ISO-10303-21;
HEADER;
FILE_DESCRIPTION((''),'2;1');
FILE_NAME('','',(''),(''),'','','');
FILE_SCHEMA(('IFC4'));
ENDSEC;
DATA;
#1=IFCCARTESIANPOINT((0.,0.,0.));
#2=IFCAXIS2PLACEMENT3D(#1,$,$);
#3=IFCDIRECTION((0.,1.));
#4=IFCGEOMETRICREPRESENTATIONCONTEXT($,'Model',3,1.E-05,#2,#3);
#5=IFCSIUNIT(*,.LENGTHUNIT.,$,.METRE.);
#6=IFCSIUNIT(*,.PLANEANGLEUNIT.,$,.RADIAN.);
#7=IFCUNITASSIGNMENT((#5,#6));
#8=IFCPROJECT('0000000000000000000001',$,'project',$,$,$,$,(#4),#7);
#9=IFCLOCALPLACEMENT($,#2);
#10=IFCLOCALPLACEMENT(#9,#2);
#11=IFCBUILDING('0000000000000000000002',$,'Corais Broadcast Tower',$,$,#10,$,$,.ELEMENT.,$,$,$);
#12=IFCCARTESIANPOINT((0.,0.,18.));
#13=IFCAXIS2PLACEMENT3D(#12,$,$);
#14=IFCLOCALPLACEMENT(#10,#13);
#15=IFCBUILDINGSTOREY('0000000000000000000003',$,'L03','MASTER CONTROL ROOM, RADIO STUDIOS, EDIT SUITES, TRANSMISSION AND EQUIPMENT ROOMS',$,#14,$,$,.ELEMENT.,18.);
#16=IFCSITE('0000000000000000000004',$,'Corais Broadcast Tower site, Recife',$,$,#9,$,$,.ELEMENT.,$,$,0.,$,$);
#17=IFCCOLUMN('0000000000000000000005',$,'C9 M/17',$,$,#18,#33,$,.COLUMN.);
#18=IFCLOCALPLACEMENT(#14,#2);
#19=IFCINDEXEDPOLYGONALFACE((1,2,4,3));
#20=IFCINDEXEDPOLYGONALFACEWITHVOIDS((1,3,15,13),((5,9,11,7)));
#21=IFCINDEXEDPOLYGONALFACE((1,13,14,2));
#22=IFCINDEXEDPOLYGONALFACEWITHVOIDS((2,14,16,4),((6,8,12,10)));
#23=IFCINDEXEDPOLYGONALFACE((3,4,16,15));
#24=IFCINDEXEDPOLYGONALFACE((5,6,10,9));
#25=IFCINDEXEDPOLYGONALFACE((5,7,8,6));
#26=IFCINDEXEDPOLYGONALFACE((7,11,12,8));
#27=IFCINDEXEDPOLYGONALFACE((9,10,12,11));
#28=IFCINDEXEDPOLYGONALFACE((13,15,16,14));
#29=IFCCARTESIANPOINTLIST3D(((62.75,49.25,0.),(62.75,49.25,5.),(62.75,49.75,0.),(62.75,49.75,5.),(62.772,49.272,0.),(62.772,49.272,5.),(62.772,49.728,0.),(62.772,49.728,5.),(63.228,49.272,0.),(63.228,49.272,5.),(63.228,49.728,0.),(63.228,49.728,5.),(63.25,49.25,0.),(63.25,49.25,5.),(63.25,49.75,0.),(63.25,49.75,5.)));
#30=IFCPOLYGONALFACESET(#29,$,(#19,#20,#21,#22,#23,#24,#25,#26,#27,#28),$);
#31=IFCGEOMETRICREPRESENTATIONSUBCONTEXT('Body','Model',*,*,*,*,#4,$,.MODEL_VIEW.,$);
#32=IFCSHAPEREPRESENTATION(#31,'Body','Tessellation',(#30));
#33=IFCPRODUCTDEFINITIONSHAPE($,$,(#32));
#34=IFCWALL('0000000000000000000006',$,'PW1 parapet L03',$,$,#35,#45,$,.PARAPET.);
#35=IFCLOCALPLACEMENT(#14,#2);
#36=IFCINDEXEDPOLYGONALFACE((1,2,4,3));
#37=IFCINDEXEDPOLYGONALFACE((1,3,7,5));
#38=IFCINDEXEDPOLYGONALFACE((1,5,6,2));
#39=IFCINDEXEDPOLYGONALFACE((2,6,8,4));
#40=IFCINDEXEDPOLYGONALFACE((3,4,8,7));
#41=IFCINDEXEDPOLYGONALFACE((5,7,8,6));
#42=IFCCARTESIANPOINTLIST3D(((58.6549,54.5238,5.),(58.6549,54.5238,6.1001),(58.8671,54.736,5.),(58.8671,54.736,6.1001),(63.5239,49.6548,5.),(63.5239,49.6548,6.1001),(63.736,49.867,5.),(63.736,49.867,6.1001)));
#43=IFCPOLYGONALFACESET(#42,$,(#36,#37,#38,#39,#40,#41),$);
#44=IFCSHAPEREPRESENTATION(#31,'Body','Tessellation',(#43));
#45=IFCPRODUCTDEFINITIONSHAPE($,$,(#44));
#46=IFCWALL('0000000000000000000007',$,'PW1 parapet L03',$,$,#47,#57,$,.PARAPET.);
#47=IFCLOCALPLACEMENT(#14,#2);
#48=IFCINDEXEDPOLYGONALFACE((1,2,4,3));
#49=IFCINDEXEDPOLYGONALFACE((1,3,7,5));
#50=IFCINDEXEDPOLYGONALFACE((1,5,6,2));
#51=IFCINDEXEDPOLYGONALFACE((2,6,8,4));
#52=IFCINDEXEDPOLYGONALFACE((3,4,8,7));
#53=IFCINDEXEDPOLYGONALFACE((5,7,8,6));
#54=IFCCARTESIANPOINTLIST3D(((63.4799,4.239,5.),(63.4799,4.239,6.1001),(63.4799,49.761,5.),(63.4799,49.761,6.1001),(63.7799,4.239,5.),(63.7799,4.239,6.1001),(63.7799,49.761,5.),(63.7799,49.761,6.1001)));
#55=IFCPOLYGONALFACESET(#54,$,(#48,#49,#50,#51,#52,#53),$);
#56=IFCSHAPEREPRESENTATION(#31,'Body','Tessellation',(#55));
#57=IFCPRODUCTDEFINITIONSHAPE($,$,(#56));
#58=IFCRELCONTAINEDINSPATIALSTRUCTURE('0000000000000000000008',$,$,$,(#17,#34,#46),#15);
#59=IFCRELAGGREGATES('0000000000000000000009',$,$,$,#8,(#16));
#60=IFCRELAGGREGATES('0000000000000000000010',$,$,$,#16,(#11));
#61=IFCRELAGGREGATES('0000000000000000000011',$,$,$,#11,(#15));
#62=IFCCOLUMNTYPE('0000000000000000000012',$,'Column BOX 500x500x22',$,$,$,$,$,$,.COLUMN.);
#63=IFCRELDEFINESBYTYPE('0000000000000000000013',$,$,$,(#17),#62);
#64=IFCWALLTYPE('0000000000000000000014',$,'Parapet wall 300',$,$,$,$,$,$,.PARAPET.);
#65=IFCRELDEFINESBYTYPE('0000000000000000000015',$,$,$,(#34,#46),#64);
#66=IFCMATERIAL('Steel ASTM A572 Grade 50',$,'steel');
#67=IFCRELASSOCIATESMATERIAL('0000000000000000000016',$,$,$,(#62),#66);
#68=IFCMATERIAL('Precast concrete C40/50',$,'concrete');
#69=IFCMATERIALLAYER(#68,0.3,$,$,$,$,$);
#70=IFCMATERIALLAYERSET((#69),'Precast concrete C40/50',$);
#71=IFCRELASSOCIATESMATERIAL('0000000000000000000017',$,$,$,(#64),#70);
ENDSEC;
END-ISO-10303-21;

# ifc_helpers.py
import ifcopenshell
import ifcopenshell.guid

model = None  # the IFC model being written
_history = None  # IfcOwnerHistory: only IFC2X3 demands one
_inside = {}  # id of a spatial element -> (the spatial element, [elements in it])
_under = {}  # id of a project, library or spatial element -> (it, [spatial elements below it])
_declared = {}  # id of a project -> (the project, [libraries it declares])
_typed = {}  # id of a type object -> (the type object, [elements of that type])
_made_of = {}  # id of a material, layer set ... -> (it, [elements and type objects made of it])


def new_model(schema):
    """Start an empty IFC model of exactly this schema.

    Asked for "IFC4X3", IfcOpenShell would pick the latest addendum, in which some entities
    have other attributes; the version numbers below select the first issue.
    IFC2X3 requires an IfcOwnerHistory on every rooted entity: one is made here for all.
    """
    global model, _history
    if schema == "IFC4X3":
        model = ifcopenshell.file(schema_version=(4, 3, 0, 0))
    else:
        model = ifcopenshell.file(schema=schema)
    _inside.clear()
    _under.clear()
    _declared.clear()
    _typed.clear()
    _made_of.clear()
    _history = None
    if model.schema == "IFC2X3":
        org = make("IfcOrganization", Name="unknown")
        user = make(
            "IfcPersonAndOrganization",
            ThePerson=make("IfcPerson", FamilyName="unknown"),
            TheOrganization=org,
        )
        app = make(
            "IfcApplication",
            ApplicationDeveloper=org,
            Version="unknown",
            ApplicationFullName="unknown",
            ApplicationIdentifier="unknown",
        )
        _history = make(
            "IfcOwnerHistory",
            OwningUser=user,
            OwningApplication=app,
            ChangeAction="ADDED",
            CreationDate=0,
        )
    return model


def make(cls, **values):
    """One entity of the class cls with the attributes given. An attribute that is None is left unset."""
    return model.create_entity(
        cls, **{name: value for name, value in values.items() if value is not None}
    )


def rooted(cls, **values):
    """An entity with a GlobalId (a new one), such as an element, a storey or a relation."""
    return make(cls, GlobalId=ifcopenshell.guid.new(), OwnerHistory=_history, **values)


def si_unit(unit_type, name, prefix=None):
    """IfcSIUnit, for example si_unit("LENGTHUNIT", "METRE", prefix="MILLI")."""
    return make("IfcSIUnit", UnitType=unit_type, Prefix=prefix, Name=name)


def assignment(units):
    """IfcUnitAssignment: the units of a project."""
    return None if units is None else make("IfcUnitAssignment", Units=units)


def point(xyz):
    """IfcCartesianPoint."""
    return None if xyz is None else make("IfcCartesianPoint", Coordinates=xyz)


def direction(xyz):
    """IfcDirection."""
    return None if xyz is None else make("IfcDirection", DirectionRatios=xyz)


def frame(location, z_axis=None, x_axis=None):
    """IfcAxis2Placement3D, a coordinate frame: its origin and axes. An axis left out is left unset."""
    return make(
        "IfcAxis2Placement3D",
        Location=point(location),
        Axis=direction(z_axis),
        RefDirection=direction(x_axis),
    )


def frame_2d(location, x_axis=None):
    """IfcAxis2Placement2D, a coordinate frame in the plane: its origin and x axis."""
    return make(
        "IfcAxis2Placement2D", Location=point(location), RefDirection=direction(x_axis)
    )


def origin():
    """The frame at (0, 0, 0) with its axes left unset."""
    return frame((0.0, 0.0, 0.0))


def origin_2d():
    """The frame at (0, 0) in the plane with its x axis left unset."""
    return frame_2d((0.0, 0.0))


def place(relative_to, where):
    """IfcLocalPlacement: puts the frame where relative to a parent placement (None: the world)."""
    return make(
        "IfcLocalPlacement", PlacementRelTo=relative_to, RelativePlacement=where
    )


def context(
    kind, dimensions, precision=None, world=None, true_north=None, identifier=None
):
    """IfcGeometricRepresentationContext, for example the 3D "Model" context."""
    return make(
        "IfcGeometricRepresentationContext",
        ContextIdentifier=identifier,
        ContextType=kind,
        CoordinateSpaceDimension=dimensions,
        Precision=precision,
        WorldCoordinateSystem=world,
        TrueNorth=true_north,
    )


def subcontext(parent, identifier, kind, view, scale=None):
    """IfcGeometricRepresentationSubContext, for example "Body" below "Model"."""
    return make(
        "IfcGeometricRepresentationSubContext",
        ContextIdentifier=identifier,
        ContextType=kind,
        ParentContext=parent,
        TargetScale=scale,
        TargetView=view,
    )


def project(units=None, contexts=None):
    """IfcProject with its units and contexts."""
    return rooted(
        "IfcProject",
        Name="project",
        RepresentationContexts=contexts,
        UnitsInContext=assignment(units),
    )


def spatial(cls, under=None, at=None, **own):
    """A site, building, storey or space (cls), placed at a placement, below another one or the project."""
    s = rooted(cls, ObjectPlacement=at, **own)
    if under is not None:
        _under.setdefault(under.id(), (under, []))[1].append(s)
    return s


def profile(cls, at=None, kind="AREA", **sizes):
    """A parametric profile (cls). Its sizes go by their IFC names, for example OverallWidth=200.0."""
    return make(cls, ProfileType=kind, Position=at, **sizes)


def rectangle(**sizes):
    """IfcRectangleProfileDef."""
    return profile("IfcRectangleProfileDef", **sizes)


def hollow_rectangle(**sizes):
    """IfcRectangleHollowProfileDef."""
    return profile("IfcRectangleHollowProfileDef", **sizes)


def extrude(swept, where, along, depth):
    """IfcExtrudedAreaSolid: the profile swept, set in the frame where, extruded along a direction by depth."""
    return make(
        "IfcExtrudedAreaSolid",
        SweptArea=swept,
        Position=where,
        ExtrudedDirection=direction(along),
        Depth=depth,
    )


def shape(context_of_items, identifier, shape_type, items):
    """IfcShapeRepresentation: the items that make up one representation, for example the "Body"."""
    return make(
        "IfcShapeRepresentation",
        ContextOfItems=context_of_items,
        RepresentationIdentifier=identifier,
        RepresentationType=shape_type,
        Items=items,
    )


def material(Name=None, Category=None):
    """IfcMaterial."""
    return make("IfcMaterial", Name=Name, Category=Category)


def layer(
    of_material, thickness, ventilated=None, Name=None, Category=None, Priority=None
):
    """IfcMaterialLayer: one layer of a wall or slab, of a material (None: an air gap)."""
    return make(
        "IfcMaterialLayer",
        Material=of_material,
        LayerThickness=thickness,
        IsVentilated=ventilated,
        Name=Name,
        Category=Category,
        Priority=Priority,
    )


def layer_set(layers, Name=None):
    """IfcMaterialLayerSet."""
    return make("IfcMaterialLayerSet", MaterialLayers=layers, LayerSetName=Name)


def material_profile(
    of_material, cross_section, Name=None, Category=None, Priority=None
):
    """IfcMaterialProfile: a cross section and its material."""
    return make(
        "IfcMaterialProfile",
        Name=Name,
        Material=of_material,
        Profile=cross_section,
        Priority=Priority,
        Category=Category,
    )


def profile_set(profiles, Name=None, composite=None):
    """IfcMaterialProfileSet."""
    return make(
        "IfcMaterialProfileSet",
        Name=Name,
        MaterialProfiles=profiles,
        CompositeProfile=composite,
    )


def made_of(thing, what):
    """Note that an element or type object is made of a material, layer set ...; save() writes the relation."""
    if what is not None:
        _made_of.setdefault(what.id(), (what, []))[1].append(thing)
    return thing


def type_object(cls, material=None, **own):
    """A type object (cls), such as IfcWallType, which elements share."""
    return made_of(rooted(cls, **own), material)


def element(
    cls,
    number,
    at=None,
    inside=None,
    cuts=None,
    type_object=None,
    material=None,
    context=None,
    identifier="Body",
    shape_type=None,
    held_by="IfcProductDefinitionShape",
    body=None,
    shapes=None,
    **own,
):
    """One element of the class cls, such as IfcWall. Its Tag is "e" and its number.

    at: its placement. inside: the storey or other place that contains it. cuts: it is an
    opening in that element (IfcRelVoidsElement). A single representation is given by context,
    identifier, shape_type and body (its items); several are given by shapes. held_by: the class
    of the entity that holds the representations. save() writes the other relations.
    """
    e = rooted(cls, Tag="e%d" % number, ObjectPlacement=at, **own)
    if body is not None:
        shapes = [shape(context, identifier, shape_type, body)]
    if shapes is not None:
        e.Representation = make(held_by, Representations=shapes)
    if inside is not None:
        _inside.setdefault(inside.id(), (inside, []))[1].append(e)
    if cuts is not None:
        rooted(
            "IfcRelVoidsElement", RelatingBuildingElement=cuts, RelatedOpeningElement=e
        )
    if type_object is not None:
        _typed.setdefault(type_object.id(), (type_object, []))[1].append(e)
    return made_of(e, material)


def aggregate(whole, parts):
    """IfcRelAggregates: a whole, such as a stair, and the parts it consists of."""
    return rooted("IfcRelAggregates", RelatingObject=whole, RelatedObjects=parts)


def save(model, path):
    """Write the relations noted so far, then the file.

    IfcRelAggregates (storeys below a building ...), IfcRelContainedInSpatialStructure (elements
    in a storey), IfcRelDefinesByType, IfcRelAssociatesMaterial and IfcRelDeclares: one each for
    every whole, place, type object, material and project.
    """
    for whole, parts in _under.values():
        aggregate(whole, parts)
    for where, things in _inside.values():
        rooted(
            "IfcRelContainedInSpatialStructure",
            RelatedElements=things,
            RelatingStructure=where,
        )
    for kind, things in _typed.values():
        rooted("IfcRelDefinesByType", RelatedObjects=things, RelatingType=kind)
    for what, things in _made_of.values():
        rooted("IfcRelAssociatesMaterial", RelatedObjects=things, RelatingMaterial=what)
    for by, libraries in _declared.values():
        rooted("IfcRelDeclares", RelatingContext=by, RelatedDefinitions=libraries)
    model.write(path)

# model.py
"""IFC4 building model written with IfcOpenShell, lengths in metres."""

from ifc_helpers import new_model, si_unit, direction, frame, frame_2d, origin, origin_2d, place, context, subcontext, project, spatial, rectangle, hollow_rectangle, extrude, material, layer, layer_set, material_profile, profile_set, type_object, element, save


model = new_model("IFC4")

# Units and contexts
model_context = context("Model", 3, precision=1e-05, world=origin(), true_north=direction((0.0, 1.0)))
body_context = subcontext(model_context, "Body", "Model", "MODEL_VIEW")
ifc_project = project(units=[si_unit("LENGTHUNIT", "METRE"), si_unit("PLANEANGLEUNIT", "RADIAN")], contexts=[model_context])

# Site, building, storey
site_placement = place(None, origin())
site = spatial("IfcSite", under=ifc_project, at=site_placement, Name="Corais Broadcast Tower site, Recife", CompositionType="ELEMENT", RefElevation=0.0)
building_placement = place(site_placement, origin())
building = spatial("IfcBuilding", under=site, at=building_placement, Name="Corais Broadcast Tower", CompositionType="ELEMENT")
storey_placement = place(building_placement, frame((0.0, 0.0, 18.0)))
storey = spatial("IfcBuildingStorey", under=building, at=storey_placement, Name="L03", Description="MASTER CONTROL ROOM, RADIO STUDIOS, EDIT SUITES, TRANSMISSION AND EQUIPMENT ROOMS", CompositionType="ELEMENT", Elevation=18.0)

# Column
ifc_material_1 = material(Name="Steel ASTM A572 Grade 50", Category="steel")
ifc_material_profile = material_profile(ifc_material_1, hollow_rectangle(XDim=0.5, YDim=0.5, WallThickness=0.022, at=origin_2d()), Name="BOX 500x500x22")
ifc_profile_set = profile_set([ifc_material_profile], Name="Steel ASTM A572 Grade 50")
column_type = type_object("IfcColumnType", Name="Column BOX 500x500x22", PredefinedType="COLUMN", material=ifc_profile_set)
column_placement = place(storey_placement, frame((63.0, 49.5, 0.0), z_axis=(0.0, 0.0, 1.0), x_axis=(1.0, 0.0, 0.0)))
element("IfcColumn", 1, at=column_placement, inside=storey, type_object=column_type, Name="C9 M/17", PredefinedType="COLUMN", context=body_context, shape_type="SweptSolid", body=[
    extrude(hollow_rectangle(XDim=0.5, YDim=0.5, WallThickness=0.022, at=origin_2d()), origin(), (0.0, 0.0, 1.0), 5.0),
])

# Walls
ifc_material_2 = material(Name="Precast concrete C40/50", Category="concrete")
ifc_layer_1 = layer(ifc_material_2, 0.3)
ifc_layer_set_1 = layer_set([ifc_layer_1], Name="Precast concrete C40/50")
wall_type_1 = type_object("IfcWallType", Name="Parapet wall 300", PredefinedType="PARAPET", material=ifc_layer_set_1)
wall_1_placement = place(storey_placement, frame((58.761, 54.6299, 5.0), z_axis=(0.0, 0.0, 1.0), x_axis=(0.707107, -0.707107, 0.0)))
element("IfcWall", 2, at=wall_1_placement, inside=storey, type_object=wall_type_1, Name="PW1 parapet L03", PredefinedType="PARAPET", context=body_context, shape_type="SweptSolid", body=[
    extrude(rectangle(XDim=6.8857, YDim=0.3, at=frame_2d((3.4429, 0.0))), origin(), (0.0, 0.0, 1.0), 1.1001),
])
wall_2_placement = place(storey_placement, frame((63.6299, 49.761, 5.0), z_axis=(0.0, 0.0, 1.0), x_axis=(0.0, -1.0, 0.0)))
element("IfcWall", 3, at=wall_2_placement, inside=storey, type_object=wall_type_1, Name="PW1 parapet L03", PredefinedType="PARAPET", context=body_context, shape_type="SweptSolid", body=[
    extrude(rectangle(XDim=45.522, YDim=0.3, at=frame_2d((22.761, 0.0))), origin(), (0.0, 0.0, 1.0), 1.1001),
])

save(model, "model.ifc")
